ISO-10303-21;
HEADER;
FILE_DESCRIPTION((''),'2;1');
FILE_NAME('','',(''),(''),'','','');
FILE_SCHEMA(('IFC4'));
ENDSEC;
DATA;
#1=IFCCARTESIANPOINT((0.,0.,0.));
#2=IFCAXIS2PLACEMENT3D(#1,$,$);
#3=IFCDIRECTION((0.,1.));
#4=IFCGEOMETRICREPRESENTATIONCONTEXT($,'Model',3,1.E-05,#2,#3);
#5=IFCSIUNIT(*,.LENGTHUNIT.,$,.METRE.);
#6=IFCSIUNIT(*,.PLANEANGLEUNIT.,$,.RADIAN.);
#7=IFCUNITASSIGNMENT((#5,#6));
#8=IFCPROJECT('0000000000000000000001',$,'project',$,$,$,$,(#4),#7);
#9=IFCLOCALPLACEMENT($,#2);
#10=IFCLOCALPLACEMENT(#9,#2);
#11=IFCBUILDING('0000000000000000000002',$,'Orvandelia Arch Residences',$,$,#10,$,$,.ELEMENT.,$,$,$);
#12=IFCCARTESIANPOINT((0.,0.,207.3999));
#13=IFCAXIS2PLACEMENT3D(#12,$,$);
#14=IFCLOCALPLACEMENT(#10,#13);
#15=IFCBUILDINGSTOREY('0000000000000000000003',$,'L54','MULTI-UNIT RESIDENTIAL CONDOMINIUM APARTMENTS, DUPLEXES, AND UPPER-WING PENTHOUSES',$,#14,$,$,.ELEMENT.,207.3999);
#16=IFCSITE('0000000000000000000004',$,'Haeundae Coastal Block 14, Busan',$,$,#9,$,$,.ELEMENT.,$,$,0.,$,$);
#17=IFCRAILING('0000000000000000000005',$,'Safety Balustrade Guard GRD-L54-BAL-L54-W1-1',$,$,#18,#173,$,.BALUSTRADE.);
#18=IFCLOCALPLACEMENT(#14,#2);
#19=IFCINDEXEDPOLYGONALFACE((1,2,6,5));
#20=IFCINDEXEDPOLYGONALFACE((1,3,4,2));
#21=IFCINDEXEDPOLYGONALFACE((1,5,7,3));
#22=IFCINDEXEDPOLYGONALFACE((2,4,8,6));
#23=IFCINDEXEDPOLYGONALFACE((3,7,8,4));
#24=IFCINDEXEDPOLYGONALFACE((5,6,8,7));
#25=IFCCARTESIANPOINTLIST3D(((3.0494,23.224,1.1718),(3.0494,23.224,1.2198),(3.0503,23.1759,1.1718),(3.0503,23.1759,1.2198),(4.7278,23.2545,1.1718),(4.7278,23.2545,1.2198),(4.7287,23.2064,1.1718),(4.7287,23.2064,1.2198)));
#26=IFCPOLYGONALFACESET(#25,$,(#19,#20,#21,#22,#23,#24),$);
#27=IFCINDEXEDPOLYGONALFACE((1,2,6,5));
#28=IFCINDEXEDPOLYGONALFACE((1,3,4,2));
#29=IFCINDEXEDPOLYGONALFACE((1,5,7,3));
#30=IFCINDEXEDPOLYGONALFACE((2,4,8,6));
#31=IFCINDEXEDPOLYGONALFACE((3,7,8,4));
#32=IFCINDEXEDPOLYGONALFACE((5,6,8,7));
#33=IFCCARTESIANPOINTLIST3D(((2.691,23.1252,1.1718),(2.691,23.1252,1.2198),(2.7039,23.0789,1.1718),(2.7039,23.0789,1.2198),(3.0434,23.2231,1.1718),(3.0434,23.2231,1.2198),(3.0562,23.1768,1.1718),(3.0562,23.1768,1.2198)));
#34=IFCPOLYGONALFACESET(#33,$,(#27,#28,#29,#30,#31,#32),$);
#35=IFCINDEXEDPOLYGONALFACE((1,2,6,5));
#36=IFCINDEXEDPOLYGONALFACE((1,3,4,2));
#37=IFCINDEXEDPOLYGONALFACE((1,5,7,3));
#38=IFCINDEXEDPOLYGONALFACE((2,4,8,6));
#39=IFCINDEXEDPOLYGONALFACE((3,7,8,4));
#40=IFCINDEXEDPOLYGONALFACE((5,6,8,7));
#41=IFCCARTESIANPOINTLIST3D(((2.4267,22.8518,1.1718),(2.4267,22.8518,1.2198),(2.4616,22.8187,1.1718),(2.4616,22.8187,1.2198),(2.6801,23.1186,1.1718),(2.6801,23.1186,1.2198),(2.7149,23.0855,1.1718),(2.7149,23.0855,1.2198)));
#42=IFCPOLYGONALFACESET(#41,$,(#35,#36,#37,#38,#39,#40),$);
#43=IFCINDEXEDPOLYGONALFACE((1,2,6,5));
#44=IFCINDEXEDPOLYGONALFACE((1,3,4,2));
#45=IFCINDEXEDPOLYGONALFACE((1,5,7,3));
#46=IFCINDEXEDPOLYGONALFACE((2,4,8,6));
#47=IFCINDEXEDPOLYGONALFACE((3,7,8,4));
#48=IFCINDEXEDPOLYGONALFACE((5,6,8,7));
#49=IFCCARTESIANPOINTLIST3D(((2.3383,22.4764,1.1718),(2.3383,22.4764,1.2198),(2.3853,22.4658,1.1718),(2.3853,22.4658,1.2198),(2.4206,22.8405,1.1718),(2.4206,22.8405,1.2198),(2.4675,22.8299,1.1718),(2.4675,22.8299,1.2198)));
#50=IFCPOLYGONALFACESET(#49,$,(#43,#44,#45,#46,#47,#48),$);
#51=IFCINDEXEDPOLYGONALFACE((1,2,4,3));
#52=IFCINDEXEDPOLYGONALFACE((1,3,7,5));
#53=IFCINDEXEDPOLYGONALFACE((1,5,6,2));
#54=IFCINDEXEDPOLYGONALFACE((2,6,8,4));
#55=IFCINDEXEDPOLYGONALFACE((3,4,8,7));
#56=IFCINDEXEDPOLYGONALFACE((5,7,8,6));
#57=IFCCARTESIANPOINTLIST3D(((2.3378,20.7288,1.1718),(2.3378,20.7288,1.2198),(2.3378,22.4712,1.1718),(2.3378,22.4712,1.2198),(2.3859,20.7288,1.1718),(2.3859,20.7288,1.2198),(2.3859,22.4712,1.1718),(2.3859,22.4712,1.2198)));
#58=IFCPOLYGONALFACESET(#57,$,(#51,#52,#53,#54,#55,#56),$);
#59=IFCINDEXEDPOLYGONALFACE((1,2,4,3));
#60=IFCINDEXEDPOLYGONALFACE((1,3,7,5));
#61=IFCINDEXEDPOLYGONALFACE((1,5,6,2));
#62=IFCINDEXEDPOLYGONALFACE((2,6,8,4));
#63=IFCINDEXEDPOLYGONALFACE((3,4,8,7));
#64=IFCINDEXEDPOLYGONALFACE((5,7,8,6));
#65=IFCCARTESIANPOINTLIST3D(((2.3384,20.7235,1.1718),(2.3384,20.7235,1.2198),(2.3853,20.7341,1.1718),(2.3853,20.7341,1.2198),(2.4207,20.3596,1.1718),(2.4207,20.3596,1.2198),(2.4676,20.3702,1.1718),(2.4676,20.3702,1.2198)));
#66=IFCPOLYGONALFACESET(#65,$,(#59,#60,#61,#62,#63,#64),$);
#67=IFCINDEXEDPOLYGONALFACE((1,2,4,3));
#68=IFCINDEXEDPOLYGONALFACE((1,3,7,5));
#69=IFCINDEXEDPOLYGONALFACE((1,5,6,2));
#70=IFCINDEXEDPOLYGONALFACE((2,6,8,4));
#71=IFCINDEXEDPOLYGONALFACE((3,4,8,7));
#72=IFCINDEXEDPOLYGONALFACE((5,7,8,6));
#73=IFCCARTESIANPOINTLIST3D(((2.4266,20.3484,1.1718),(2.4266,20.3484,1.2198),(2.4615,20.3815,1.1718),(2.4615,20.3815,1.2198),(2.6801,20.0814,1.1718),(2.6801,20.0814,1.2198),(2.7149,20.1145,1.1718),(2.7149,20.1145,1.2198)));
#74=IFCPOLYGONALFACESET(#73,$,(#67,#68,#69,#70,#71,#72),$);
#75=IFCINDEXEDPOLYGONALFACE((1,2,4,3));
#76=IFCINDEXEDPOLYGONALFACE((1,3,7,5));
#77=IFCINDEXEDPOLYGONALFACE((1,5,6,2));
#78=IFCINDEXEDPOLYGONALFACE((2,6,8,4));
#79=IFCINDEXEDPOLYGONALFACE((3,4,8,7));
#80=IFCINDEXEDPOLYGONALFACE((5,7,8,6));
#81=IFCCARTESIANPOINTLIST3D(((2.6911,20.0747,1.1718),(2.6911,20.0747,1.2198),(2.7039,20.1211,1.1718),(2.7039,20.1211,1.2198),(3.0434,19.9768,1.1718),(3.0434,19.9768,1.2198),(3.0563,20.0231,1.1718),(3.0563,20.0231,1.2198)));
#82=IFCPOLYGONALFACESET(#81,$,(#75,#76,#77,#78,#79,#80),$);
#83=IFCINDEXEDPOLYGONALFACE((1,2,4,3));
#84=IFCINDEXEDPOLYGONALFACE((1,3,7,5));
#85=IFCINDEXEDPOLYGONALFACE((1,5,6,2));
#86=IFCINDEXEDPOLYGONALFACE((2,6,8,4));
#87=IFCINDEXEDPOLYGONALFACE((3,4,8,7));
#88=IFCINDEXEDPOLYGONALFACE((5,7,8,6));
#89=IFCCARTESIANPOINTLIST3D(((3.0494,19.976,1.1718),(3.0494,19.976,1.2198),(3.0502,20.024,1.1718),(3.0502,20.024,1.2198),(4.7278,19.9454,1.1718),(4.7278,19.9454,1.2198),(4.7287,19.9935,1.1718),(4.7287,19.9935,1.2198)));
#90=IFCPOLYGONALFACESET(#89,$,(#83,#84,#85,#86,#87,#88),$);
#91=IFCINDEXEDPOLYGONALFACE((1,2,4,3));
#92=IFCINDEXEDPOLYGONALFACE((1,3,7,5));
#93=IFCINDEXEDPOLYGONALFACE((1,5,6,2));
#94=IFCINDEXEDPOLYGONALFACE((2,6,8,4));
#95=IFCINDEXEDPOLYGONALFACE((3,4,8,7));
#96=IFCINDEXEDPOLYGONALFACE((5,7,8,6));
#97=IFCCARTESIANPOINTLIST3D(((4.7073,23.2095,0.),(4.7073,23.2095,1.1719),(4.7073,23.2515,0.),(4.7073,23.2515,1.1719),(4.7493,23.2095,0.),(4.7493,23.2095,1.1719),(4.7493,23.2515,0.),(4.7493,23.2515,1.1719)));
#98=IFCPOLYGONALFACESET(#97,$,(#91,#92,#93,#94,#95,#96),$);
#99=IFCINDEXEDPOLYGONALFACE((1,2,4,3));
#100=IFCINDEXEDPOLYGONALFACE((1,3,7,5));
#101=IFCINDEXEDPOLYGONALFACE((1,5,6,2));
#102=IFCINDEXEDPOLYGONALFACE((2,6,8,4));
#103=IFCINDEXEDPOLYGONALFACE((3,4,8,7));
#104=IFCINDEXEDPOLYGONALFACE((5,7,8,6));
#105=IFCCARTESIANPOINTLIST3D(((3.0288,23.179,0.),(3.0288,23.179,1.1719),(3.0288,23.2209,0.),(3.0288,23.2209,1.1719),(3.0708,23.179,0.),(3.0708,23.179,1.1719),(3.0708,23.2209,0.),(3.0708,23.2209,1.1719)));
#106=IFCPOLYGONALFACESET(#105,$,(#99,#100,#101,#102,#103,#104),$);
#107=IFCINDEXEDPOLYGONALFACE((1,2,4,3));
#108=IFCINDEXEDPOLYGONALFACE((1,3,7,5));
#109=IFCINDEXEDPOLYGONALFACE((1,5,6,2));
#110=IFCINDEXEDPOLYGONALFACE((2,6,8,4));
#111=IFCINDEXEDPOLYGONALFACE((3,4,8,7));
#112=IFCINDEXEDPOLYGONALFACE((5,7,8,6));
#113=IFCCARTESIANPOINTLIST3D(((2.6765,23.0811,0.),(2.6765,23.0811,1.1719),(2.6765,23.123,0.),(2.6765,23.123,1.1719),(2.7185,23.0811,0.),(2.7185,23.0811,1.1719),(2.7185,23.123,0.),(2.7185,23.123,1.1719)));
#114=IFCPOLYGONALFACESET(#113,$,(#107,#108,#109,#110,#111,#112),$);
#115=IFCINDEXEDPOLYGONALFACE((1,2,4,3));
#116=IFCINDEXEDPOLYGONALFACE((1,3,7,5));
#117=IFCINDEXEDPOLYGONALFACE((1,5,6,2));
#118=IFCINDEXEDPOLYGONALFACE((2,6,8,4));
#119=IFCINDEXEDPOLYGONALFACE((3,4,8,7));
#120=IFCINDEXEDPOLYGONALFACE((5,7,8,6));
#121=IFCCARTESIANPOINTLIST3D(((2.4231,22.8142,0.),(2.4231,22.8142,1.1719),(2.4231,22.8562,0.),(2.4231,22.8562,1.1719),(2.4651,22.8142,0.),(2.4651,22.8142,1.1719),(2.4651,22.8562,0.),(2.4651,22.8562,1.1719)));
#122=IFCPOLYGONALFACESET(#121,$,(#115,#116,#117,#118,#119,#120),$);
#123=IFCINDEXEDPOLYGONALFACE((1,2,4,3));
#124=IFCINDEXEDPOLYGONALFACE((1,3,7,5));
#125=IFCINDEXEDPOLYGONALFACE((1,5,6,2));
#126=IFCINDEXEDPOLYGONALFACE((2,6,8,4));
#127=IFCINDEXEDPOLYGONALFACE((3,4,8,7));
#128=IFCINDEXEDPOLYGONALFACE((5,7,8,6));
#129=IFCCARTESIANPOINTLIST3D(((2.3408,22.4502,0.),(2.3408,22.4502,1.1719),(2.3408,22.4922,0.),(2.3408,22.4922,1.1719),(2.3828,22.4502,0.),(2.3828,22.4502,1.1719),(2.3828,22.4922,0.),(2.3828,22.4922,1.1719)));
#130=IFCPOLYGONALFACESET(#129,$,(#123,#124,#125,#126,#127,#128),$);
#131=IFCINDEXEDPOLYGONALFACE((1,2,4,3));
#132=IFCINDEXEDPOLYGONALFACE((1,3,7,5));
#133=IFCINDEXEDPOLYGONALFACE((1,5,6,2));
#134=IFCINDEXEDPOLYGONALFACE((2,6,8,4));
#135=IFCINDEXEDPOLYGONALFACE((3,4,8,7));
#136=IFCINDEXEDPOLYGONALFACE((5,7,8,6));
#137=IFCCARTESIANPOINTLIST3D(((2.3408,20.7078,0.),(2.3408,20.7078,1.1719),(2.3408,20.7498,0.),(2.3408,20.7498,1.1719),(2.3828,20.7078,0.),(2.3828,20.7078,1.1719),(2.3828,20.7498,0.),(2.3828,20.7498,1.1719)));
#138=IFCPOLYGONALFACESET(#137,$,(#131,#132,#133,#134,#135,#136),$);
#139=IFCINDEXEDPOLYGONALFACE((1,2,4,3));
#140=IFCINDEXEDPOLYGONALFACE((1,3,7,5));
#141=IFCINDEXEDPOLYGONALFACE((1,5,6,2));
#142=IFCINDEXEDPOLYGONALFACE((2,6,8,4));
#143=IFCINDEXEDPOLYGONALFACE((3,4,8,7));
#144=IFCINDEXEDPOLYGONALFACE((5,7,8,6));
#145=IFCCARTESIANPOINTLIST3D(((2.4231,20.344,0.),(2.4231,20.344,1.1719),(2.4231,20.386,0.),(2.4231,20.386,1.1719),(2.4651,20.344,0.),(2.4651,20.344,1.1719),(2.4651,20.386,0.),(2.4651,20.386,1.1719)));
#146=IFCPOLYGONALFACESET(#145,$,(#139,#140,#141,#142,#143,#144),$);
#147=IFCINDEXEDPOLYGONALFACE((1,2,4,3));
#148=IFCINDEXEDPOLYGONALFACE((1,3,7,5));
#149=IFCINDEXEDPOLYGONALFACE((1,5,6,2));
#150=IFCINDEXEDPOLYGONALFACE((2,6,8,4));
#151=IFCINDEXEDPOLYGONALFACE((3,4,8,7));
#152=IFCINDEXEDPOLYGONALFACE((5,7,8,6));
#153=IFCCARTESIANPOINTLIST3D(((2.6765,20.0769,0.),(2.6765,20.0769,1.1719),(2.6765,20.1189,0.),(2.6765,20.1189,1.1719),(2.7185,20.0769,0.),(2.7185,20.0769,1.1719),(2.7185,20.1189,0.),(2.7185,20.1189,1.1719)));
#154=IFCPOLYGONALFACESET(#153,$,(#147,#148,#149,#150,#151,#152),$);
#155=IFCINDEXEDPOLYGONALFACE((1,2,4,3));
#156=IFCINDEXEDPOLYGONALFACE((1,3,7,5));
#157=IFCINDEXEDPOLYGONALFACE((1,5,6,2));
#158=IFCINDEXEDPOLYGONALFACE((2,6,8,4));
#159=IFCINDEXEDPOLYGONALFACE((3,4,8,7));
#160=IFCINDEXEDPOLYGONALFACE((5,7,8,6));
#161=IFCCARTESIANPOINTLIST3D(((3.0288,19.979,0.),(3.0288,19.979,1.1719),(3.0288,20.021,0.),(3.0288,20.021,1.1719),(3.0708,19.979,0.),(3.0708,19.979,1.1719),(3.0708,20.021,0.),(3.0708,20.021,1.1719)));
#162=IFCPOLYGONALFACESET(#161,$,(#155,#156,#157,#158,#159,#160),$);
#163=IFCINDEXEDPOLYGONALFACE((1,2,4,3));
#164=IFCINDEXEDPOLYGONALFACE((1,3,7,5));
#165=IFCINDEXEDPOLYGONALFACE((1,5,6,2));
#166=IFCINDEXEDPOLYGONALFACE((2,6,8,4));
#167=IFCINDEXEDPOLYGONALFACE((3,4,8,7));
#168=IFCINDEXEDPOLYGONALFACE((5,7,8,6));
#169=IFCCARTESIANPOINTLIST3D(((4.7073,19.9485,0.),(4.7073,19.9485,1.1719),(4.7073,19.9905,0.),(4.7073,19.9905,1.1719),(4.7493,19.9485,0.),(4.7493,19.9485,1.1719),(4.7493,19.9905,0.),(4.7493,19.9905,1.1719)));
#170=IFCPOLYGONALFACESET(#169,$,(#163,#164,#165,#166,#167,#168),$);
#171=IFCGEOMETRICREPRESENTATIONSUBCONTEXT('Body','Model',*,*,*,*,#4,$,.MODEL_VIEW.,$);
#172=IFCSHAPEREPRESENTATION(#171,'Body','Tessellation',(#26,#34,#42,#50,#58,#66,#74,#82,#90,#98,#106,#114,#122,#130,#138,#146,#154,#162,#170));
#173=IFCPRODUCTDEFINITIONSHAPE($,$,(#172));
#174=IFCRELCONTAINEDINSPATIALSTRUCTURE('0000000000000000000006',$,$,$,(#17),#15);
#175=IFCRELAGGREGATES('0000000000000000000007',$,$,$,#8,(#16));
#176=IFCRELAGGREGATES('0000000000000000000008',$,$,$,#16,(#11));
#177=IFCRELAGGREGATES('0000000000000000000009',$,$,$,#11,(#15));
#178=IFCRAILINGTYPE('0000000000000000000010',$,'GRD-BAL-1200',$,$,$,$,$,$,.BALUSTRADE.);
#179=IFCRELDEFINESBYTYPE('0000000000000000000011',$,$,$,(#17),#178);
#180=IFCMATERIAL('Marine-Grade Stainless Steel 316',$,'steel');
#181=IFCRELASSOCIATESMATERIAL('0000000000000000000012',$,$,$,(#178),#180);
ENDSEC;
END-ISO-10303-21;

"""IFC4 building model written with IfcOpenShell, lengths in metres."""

from ifc_helpers import new_model, si_unit, direction, frame, origin, origin_2d, place, context, subcontext, project, spatial, rectangle, extrude, material, type_object, element, save


model = new_model("IFC4")

# Units and contexts
model_context = context("Model", 3, precision=1e-05, world=origin(), true_north=direction((0.0, 1.0)))
body_context = subcontext(model_context, "Body", "Model", "MODEL_VIEW")
ifc_project = project(units=[si_unit("LENGTHUNIT", "METRE"), si_unit("PLANEANGLEUNIT", "RADIAN")], contexts=[model_context])

# Site, building, storey
site_placement = place(None, origin())
site = spatial("IfcSite", under=ifc_project, at=site_placement, Name="Haeundae Coastal Block 14, Busan", CompositionType="ELEMENT", RefElevation=0.0)
building_placement = place(site_placement, origin())
building = spatial("IfcBuilding", under=site, at=building_placement, Name="Orvandelia Arch Residences", CompositionType="ELEMENT")
storey_placement = place(building_placement, frame((0.0, 0.0, 207.3999)))
storey = spatial("IfcBuildingStorey", under=building, at=storey_placement, Name="L54", Description="MULTI-UNIT RESIDENTIAL CONDOMINIUM APARTMENTS, DUPLEXES, AND UPPER-WING PENTHOUSES", CompositionType="ELEMENT", Elevation=207.3999)

# Railing
ifc_material_1 = material(Name="Marine-Grade Stainless Steel 316", Category="steel")
railing_type = type_object("IfcRailingType", Name="GRD-BAL-1200", PredefinedType="BALUSTRADE", material=ifc_material_1)
railing_placement = place(storey_placement, frame((4.7283, 23.2305, 0.0)))
element("IfcRailing", 1, at=railing_placement, inside=storey, type_object=railing_type, Name="Safety Balustrade Guard GRD-L54-BAL-L54-W1-1", PredefinedType="BALUSTRADE", context=body_context, shape_type="SweptSolid", body=[
    extrude(rectangle(XDim=0.0481, YDim=0.0481, at=origin_2d()), frame((0.0, 0.0, 1.1958), z_axis=(-0.999835, -0.018179, 0.0), x_axis=(0.018179, -0.999835, 0.0)), (0.0, 0.0, 1.0), 1.6787),
    extrude(rectangle(XDim=0.0481, YDim=0.0481, at=origin_2d()), frame((-1.6785, -0.0305, 1.1958), z_axis=(-0.963489, -0.267747, 0.0), x_axis=(0.267747, -0.963489, 0.0)), (0.0, 0.0, 1.0), 0.3657),
    extrude(rectangle(XDim=0.0481, YDim=0.0481, at=origin_2d()), frame((-2.0308, -0.1284, 1.1958), z_axis=(-0.688627, -0.725115, 0.0), x_axis=(0.725115, -0.688627, 0.0)), (0.0, 0.0, 1.0), 0.3679),
    extrude(rectangle(XDim=0.0481, YDim=0.0481, at=origin_2d()), frame((-2.2842, -0.3953, 1.1958), z_axis=(-0.220462, -0.975396, 0.0), x_axis=(0.975396, -0.220462, 0.0)), (0.0, 0.0, 1.0), 0.3733),
    extrude(rectangle(XDim=0.0481, YDim=0.0481, at=origin_2d()), frame((-2.3665, -0.7593, 1.1958), z_axis=(0.0, -1.0, 0.0), x_axis=(1.0, 0.0, 0.0)), (0.0, 0.0, 1.0), 1.7424),
    extrude(rectangle(XDim=0.0481, YDim=0.0481, at=origin_2d()), frame((-2.3665, -2.5017, 1.1958), z_axis=(0.220602, -0.975364, 0.0), x_axis=(0.975364, 0.220602, 0.0)), (0.0, 0.0, 1.0), 0.373),
    extrude(rectangle(XDim=0.0481, YDim=0.0481, at=origin_2d()), frame((-2.2842, -2.8655, 1.1958), z_axis=(0.688296, -0.72543, 0.0), x_axis=(0.72543, 0.688296, 0.0)), (0.0, 0.0, 1.0), 0.3682),
    extrude(rectangle(XDim=0.0481, YDim=0.0481, at=origin_2d()), frame((-2.0308, -3.1326, 1.1958), z_axis=(0.963489, -0.267747, 0.0), x_axis=(0.267747, 0.963489, 0.0)), (0.0, 0.0, 1.0), 0.3657),
    extrude(rectangle(XDim=0.0481, YDim=0.0481, at=origin_2d()), frame((-1.6785, -3.2305, 1.1958), z_axis=(0.999835, -0.018179, 0.0), x_axis=(0.018179, 0.999835, 0.0)), (0.0, 0.0, 1.0), 1.6787),
    extrude(rectangle(XDim=0.042, YDim=0.042, at=origin_2d()), origin(), (0.0, 0.0, 1.0), 1.1719),
    extrude(rectangle(XDim=0.042, YDim=0.042, at=origin_2d()), frame((-1.6785, -0.0305, 0.0)), (0.0, 0.0, 1.0), 1.1719),
    extrude(rectangle(XDim=0.042, YDim=0.042, at=origin_2d()), frame((-2.0308, -0.1284, 0.0)), (0.0, 0.0, 1.0), 1.1719),
    extrude(rectangle(XDim=0.042, YDim=0.042, at=origin_2d()), frame((-2.2842, -0.3953, 0.0)), (0.0, 0.0, 1.0), 1.1719),
    extrude(rectangle(XDim=0.042, YDim=0.042, at=origin_2d()), frame((-2.3665, -0.7593, 0.0)), (0.0, 0.0, 1.0), 1.1719),
    extrude(rectangle(XDim=0.042, YDim=0.042, at=origin_2d()), frame((-2.3665, -2.5017, 0.0)), (0.0, 0.0, 1.0), 1.1719),
    extrude(rectangle(XDim=0.042, YDim=0.042, at=origin_2d()), frame((-2.2842, -2.8655, 0.0)), (0.0, 0.0, 1.0), 1.1719),
    extrude(rectangle(XDim=0.042, YDim=0.042, at=origin_2d()), frame((-2.0308, -3.1326, 0.0)), (0.0, 0.0, 1.0), 1.1719),
    extrude(rectangle(XDim=0.042, YDim=0.042, at=origin_2d()), frame((-1.6785, -3.2305, 0.0)), (0.0, 0.0, 1.0), 1.1719),
    extrude(rectangle(XDim=0.042, YDim=0.042, at=origin_2d()), frame((0.0, -3.261, 0.0)), (0.0, 0.0, 1.0), 1.1719),
])

save(model, "model.ifc")
